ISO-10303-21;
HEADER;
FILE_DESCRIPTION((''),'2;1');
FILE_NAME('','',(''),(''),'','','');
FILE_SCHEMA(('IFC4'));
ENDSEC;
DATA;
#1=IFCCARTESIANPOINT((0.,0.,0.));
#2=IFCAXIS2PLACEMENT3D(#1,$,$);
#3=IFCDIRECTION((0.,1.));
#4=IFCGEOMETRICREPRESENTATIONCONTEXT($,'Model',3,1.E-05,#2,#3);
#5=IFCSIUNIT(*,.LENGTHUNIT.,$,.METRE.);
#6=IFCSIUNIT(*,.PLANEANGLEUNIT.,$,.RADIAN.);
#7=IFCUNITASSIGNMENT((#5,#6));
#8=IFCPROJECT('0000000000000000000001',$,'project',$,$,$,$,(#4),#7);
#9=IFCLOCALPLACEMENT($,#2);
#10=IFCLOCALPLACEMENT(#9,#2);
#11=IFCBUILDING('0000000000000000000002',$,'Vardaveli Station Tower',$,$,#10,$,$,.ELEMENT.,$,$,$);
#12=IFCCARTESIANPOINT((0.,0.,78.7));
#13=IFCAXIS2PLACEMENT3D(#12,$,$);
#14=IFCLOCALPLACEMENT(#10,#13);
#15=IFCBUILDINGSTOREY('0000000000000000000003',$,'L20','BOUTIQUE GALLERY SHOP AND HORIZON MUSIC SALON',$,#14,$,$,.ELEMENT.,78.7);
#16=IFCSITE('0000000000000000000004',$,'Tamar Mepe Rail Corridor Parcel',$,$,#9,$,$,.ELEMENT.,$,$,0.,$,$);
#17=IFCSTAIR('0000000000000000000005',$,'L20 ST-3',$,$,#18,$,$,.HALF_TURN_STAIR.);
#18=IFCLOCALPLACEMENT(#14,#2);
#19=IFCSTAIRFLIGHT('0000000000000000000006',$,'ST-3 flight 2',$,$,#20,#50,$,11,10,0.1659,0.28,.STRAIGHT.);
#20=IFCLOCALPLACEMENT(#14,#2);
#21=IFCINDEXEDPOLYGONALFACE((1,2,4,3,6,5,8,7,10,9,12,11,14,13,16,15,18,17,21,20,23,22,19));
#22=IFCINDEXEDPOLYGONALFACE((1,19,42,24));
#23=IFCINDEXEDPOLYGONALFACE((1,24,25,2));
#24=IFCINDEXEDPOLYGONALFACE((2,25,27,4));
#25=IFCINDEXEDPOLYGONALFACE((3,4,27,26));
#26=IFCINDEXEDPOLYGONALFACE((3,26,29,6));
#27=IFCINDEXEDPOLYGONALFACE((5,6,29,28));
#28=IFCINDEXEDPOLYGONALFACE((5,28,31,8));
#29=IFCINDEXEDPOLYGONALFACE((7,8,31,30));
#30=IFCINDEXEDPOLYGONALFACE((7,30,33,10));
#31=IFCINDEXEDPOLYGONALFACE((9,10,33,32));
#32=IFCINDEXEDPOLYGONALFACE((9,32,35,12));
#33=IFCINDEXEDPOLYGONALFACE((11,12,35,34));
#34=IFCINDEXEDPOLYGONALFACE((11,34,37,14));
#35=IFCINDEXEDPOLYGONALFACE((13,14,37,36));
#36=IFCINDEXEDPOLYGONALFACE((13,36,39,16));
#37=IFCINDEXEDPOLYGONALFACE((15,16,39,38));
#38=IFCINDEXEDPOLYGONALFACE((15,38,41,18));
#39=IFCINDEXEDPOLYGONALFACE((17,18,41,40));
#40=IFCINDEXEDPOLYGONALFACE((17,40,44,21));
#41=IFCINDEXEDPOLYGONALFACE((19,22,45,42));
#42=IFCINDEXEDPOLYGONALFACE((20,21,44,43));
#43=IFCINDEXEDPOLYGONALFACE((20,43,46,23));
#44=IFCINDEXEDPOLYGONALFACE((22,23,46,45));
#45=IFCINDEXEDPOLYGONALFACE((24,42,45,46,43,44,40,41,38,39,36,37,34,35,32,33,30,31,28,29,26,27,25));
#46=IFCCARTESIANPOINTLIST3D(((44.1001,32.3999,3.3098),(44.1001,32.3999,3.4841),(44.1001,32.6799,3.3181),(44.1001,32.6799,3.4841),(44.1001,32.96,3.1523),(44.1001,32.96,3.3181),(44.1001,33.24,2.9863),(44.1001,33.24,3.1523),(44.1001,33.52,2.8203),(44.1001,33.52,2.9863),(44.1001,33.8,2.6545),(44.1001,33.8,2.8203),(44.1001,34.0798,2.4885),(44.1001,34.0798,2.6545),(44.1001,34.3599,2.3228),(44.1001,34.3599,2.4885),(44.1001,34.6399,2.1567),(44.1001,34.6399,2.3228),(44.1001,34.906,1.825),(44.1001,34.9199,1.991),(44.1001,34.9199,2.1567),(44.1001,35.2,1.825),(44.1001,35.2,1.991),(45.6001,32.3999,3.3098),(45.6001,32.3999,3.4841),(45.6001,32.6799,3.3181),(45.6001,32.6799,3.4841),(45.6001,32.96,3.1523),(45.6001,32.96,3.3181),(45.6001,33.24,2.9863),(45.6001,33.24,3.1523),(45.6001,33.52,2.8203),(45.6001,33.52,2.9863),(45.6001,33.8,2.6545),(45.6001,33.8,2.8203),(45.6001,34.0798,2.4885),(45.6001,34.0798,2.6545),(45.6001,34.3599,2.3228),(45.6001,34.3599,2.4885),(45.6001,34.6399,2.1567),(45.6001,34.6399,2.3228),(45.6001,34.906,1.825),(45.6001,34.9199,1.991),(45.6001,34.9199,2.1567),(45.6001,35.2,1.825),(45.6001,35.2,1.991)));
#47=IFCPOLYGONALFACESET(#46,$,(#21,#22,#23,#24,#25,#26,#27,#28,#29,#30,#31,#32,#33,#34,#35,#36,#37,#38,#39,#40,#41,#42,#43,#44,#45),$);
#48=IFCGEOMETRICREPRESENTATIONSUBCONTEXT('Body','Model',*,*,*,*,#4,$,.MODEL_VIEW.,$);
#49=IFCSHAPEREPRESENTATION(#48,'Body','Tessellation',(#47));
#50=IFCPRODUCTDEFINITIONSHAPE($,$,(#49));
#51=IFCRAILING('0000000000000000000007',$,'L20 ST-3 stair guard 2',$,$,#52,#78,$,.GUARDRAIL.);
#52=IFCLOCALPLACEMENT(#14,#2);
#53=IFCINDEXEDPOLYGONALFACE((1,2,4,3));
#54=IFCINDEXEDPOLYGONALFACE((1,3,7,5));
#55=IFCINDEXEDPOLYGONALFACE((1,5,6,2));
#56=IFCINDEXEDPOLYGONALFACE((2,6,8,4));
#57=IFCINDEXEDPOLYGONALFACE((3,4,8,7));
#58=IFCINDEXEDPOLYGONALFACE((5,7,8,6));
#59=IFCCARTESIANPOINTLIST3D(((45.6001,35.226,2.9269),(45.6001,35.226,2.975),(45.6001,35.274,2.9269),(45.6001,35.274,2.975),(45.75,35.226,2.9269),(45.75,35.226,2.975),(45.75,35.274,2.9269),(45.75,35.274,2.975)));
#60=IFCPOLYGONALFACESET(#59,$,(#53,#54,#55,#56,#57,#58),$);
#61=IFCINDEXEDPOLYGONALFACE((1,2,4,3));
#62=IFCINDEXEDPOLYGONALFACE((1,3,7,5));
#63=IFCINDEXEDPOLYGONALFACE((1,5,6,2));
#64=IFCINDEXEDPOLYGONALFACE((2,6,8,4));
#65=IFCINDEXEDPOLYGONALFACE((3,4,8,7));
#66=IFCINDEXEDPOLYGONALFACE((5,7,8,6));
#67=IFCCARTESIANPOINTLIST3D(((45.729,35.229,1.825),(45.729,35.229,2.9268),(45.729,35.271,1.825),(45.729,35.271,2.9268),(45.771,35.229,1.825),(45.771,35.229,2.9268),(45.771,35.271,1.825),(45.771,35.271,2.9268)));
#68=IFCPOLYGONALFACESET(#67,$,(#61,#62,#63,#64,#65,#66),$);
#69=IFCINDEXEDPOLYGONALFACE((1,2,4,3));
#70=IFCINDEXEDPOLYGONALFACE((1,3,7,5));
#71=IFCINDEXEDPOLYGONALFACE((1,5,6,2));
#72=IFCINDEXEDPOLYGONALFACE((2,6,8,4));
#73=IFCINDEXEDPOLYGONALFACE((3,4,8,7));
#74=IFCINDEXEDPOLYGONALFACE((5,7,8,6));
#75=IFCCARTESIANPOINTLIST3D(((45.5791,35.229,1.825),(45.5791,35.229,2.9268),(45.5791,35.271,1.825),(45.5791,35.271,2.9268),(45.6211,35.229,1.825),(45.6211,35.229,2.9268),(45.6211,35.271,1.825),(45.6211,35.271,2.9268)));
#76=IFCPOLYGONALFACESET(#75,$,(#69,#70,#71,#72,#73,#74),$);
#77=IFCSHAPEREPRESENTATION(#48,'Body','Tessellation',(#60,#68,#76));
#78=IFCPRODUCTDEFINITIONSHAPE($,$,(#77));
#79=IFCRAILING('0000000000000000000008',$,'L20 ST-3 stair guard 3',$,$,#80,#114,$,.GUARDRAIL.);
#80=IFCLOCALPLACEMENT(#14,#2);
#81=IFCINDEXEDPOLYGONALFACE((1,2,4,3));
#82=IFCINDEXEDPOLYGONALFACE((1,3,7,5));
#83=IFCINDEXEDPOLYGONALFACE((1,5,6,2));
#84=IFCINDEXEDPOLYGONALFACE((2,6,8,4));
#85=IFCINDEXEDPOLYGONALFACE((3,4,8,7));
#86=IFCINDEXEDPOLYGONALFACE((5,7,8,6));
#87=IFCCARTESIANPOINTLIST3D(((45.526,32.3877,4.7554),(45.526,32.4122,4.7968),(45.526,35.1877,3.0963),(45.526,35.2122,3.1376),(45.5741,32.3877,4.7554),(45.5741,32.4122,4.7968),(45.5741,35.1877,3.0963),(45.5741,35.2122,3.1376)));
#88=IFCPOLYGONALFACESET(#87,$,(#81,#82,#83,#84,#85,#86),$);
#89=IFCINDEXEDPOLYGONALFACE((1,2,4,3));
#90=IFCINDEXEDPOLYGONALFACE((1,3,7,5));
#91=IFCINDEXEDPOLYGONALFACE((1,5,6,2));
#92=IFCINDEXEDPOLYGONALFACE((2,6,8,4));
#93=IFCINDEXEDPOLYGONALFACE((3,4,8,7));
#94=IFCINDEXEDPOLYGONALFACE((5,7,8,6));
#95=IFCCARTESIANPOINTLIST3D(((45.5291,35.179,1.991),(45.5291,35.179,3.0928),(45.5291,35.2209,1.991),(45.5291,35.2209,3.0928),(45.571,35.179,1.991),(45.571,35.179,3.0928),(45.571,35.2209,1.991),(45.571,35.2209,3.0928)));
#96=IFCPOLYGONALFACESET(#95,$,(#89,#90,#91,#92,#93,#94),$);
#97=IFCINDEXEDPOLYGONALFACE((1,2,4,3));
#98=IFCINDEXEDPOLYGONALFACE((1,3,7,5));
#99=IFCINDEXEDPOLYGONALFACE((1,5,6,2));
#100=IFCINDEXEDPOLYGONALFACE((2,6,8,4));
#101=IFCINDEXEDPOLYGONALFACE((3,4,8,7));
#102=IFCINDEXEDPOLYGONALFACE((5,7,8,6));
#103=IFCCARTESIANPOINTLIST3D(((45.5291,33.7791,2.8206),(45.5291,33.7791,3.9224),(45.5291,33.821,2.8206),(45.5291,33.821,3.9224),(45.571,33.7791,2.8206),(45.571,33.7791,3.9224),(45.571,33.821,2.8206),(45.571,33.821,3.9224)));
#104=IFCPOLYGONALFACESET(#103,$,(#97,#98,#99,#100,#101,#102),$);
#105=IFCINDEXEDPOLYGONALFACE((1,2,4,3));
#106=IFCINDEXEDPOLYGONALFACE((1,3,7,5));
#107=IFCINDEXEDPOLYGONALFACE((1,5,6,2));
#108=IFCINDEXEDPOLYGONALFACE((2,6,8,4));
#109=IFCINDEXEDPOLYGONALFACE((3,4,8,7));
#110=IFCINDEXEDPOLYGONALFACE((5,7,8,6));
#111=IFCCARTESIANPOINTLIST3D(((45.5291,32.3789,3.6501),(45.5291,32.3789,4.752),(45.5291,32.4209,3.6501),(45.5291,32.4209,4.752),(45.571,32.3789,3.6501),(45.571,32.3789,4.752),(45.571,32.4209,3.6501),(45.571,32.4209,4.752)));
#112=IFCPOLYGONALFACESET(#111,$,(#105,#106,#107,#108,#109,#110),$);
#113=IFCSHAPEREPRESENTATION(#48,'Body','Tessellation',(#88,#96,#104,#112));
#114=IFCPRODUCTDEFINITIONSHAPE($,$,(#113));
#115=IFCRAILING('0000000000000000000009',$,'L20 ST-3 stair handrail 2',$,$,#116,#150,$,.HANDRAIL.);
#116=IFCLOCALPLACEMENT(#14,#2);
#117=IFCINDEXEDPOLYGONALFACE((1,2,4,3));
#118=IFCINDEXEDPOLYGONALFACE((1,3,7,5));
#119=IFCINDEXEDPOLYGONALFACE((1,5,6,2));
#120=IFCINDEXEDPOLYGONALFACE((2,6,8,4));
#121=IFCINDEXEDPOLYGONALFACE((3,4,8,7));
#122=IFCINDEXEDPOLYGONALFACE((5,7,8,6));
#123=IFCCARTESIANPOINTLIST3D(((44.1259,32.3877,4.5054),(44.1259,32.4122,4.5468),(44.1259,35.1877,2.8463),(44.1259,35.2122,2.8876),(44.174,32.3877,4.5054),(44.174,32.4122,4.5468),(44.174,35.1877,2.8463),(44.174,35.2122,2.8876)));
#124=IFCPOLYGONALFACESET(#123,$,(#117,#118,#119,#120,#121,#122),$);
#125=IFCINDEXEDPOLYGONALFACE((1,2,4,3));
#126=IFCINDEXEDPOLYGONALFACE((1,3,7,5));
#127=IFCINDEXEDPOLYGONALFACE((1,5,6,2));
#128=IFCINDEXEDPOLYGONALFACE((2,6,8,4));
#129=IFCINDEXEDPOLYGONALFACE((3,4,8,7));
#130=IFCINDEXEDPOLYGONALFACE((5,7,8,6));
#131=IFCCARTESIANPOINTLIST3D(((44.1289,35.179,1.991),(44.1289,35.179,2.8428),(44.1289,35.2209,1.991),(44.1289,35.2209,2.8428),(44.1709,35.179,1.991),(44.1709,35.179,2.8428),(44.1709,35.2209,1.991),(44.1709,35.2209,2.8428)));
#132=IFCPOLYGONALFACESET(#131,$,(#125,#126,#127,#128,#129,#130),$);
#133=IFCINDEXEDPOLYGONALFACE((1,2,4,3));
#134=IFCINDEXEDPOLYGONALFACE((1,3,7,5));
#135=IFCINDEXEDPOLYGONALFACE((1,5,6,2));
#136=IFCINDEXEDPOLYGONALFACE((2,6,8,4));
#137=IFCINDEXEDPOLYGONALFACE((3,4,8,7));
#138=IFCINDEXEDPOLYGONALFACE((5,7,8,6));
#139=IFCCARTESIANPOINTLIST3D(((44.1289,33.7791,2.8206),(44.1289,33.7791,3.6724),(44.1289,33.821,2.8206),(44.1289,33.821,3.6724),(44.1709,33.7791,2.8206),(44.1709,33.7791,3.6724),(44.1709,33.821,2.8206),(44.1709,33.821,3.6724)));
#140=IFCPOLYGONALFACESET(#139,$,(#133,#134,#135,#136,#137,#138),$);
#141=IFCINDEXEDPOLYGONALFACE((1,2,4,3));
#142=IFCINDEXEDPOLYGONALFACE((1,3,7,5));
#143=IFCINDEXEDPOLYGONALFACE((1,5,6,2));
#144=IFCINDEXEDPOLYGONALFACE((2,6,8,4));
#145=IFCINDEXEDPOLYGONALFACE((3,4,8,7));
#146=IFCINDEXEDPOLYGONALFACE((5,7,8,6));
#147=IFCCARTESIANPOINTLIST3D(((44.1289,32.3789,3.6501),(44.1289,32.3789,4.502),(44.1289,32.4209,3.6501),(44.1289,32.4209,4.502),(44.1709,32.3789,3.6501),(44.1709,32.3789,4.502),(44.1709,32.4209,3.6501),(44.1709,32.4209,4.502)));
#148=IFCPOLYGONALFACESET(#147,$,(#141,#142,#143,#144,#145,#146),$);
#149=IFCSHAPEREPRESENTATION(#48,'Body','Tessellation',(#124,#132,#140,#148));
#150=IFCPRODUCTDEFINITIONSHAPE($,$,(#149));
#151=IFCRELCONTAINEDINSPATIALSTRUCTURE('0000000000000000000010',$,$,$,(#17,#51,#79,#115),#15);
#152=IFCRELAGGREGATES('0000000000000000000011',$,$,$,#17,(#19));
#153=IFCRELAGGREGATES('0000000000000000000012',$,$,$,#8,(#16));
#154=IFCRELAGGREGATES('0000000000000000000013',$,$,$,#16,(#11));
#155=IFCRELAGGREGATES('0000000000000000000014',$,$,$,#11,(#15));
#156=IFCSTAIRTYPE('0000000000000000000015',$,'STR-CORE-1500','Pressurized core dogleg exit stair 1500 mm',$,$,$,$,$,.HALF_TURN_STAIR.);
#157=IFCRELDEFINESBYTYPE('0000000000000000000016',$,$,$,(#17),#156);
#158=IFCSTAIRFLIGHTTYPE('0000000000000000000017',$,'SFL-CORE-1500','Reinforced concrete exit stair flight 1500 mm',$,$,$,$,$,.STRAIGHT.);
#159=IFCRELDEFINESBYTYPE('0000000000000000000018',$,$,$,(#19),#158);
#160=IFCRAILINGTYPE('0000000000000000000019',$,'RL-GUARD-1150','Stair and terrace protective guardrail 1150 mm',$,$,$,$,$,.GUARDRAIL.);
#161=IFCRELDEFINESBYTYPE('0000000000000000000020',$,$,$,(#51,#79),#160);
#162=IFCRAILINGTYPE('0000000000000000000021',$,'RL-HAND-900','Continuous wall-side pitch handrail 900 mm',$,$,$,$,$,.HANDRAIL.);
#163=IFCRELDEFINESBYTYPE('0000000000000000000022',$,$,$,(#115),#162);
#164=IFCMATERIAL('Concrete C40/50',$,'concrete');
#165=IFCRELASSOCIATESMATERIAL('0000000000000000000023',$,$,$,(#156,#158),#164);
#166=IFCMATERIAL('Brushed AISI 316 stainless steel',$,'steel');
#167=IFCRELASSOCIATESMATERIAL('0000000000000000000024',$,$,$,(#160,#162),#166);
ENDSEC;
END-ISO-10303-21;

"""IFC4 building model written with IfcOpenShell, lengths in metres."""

from ifc_helpers import new_model, si_unit, direction, frame, origin, origin_2d, place, context, subcontext, project, spatial, polyline, rectangle, outline, extrude, source, transform, mapped, material, type_object, element, aggregate, save


model = new_model("IFC4")

# Units and contexts
model_context = context("Model", 3, precision=1e-05, world=origin(), true_north=direction((0.0, 1.0)))
body_context = subcontext(model_context, "Body", "Model", "MODEL_VIEW")
ifc_project = project(units=[si_unit("LENGTHUNIT", "METRE"), si_unit("PLANEANGLEUNIT", "RADIAN")], contexts=[model_context])

# Site, building, storey
site_placement = place(None, origin())
site = spatial("IfcSite", under=ifc_project, at=site_placement, Name="Tamar Mepe Rail Corridor Parcel", CompositionType="ELEMENT", RefElevation=0.0)
building_placement = place(site_placement, origin())
building = spatial("IfcBuilding", under=site, at=building_placement, Name="Vardaveli Station Tower", CompositionType="ELEMENT")
storey_placement = place(building_placement, frame((0.0, 0.0, 78.7)))
storey = spatial("IfcBuildingStorey", under=building, at=storey_placement, Name="L20", Description="BOUTIQUE GALLERY SHOP AND HORIZON MUSIC SALON", CompositionType="ELEMENT", Elevation=78.7)

# Shared definitions
ifc_material_1 = material(Name="Concrete C40/50", Category="concrete")

# Stair, stair flight
stair_type = type_object("IfcStairType", Name="STR-CORE-1500", Description="Pressurized core dogleg exit stair 1500 mm", PredefinedType="HALF_TURN_STAIR", material=ifc_material_1)
stair_placement = place(storey_placement, origin())
stair = element("IfcStair", 1, at=stair_placement, inside=storey, type_object=stair_type, Name="L20 ST-3", PredefinedType="HALF_TURN_STAIR")
stair_flight_type = type_object("IfcStairFlightType", Name="SFL-CORE-1500", Description="Reinforced concrete exit stair flight 1500 mm", PredefinedType="STRAIGHT", material=ifc_material_1)
shared_shape_1 = source(origin(), body_context, "Body", "SweptSolid", [
    extrude(outline(polyline([(0.0, 0.0), (0.0, 0.166), (0.28, 0.166), (0.28, 0.3318), (0.5601, 0.3318), (0.5601, 0.4978), (0.8401, 0.4978), (0.8401, 0.6636), (1.1201, 0.6636), (1.1201, 0.8296), (1.3999, 0.8296), (1.3999, 0.9954), (1.6799, 0.9954), (1.6799, 1.1614), (1.96, 1.1614), (1.96, 1.3274), (2.24, 1.3274), (2.24, 1.4932), (2.52, 1.4932), (2.52, 1.6592), (2.8, 1.6592), (2.8, 1.825), (2.8, 1.4849), (0.2939, 0.0), (0.0, 0.0)])), frame((0.0, 0.75, 0.0), z_axis=(0.0, -1.0, 0.0), x_axis=(1.0, 0.0, 0.0)), (0.0, 0.0, 1.0), 1.5),
])
stair_flight_placement = place(storey_placement, frame((44.8501, 35.2, 1.825), z_axis=(0.0, 0.0, 1.0), x_axis=(0.0, -1.0, 0.0)))
stair_flight = element("IfcStairFlight", 2, at=stair_flight_placement, type_object=stair_flight_type, Name="ST-3 flight 2", NumberOfRisers=11, NumberOfTreads=10, PredefinedType="STRAIGHT", RiserHeight=0.1659, TreadLength=0.28, context=body_context, shape_type="MappedRepresentation", body=[
    mapped(shared_shape_1, transform((0.0, 0.0, 0.0), scale=1.0)),
])
aggregate(stair, [stair_flight])

# Railings
ifc_material_2 = material(Name="Brushed AISI 316 stainless steel", Category="steel")
railing_type_1 = type_object("IfcRailingType", Name="RL-GUARD-1150", Description="Stair and terrace protective guardrail 1150 mm", PredefinedType="GUARDRAIL", material=ifc_material_2)
shared_shape_2 = source(origin(), body_context, "Body", "SweptSolid", [
    extrude(rectangle(XDim=0.0481, YDim=0.0481, at=origin_2d()), frame((0.0, 0.0, 1.126), z_axis=(-1.0, 0.0, 0.0), x_axis=(0.0, -1.0, 0.0)), (0.0, 0.0, 1.0), 0.1499),
    extrude(rectangle(XDim=0.042, YDim=0.042, at=origin_2d()), origin(), (0.0, 0.0, 1.0), 1.1018),
    extrude(rectangle(XDim=0.042, YDim=0.042, at=origin_2d()), frame((-0.1499, 0.0, 0.0)), (0.0, 0.0, 1.0), 1.1018),
])
railing_1_placement = place(storey_placement, frame((45.75, 35.25, 1.825)))
element("IfcRailing", 3, at=railing_1_placement, inside=storey, type_object=railing_type_1, Name="L20 ST-3 stair guard 2", PredefinedType="GUARDRAIL", context=body_context, shape_type="MappedRepresentation", body=[
    mapped(shared_shape_2, transform((0.0, 0.0, 0.0), scale=1.0)),
])
shared_shape_3 = source(origin(), body_context, "Body", "SweptSolid", [
    extrude(rectangle(XDim=0.0481, YDim=0.0481, at=origin_2d()), frame((0.0, 0.0, 1.126), z_axis=(0.0, -0.860306, 0.509778), x_axis=(1.0, 0.0, 0.0)), (0.0, 0.0, 1.0), 3.2546),
    extrude(rectangle(XDim=0.042, YDim=0.042, at=origin_2d()), origin(), (0.0, 0.0, 1.0), 1.1018),
    extrude(rectangle(XDim=0.042, YDim=0.042, at=origin_2d()), frame((0.0, -1.3999, 0.8296)), (0.0, 0.0, 1.0), 1.1018),
    extrude(rectangle(XDim=0.042, YDim=0.042, at=origin_2d()), frame((0.0, -2.8, 1.6592)), (0.0, 0.0, 1.0), 1.1018),
])
railing_2_placement = place(storey_placement, frame((45.55, 35.2, 1.991)))
element("IfcRailing", 4, at=railing_2_placement, inside=storey, type_object=railing_type_1, Name="L20 ST-3 stair guard 3", PredefinedType="GUARDRAIL", context=body_context, shape_type="MappedRepresentation", body=[
    mapped(shared_shape_3, transform((0.0, 0.0, 0.0), scale=1.0)),
])
railing_type_2 = type_object("IfcRailingType", Name="RL-HAND-900", Description="Continuous wall-side pitch handrail 900 mm", PredefinedType="HANDRAIL", material=ifc_material_2)
shared_shape_4 = source(origin(), body_context, "Body", "SweptSolid", [
    extrude(rectangle(XDim=0.0481, YDim=0.0481, at=origin_2d()), frame((0.0, 0.0, 0.876), z_axis=(0.0, -0.860306, 0.509778), x_axis=(1.0, 0.0, 0.0)), (0.0, 0.0, 1.0), 3.2546),
    extrude(rectangle(XDim=0.042, YDim=0.042, at=origin_2d()), origin(), (0.0, 0.0, 1.0), 0.8518),
    extrude(rectangle(XDim=0.042, YDim=0.042, at=origin_2d()), frame((0.0, -1.3999, 0.8296)), (0.0, 0.0, 1.0), 0.8518),
    extrude(rectangle(XDim=0.042, YDim=0.042, at=origin_2d()), frame((0.0, -2.8, 1.6592)), (0.0, 0.0, 1.0), 0.8518),
])
railing_3_placement = place(storey_placement, frame((44.1499, 35.2, 1.991)))
element("IfcRailing", 5, at=railing_3_placement, inside=storey, type_object=railing_type_2, Name="L20 ST-3 stair handrail 2", PredefinedType="HANDRAIL", context=body_context, shape_type="MappedRepresentation", body=[
    mapped(shared_shape_4, transform((0.0, 0.0, 0.0), scale=1.0)),
])

save(model, "model.ifc")
